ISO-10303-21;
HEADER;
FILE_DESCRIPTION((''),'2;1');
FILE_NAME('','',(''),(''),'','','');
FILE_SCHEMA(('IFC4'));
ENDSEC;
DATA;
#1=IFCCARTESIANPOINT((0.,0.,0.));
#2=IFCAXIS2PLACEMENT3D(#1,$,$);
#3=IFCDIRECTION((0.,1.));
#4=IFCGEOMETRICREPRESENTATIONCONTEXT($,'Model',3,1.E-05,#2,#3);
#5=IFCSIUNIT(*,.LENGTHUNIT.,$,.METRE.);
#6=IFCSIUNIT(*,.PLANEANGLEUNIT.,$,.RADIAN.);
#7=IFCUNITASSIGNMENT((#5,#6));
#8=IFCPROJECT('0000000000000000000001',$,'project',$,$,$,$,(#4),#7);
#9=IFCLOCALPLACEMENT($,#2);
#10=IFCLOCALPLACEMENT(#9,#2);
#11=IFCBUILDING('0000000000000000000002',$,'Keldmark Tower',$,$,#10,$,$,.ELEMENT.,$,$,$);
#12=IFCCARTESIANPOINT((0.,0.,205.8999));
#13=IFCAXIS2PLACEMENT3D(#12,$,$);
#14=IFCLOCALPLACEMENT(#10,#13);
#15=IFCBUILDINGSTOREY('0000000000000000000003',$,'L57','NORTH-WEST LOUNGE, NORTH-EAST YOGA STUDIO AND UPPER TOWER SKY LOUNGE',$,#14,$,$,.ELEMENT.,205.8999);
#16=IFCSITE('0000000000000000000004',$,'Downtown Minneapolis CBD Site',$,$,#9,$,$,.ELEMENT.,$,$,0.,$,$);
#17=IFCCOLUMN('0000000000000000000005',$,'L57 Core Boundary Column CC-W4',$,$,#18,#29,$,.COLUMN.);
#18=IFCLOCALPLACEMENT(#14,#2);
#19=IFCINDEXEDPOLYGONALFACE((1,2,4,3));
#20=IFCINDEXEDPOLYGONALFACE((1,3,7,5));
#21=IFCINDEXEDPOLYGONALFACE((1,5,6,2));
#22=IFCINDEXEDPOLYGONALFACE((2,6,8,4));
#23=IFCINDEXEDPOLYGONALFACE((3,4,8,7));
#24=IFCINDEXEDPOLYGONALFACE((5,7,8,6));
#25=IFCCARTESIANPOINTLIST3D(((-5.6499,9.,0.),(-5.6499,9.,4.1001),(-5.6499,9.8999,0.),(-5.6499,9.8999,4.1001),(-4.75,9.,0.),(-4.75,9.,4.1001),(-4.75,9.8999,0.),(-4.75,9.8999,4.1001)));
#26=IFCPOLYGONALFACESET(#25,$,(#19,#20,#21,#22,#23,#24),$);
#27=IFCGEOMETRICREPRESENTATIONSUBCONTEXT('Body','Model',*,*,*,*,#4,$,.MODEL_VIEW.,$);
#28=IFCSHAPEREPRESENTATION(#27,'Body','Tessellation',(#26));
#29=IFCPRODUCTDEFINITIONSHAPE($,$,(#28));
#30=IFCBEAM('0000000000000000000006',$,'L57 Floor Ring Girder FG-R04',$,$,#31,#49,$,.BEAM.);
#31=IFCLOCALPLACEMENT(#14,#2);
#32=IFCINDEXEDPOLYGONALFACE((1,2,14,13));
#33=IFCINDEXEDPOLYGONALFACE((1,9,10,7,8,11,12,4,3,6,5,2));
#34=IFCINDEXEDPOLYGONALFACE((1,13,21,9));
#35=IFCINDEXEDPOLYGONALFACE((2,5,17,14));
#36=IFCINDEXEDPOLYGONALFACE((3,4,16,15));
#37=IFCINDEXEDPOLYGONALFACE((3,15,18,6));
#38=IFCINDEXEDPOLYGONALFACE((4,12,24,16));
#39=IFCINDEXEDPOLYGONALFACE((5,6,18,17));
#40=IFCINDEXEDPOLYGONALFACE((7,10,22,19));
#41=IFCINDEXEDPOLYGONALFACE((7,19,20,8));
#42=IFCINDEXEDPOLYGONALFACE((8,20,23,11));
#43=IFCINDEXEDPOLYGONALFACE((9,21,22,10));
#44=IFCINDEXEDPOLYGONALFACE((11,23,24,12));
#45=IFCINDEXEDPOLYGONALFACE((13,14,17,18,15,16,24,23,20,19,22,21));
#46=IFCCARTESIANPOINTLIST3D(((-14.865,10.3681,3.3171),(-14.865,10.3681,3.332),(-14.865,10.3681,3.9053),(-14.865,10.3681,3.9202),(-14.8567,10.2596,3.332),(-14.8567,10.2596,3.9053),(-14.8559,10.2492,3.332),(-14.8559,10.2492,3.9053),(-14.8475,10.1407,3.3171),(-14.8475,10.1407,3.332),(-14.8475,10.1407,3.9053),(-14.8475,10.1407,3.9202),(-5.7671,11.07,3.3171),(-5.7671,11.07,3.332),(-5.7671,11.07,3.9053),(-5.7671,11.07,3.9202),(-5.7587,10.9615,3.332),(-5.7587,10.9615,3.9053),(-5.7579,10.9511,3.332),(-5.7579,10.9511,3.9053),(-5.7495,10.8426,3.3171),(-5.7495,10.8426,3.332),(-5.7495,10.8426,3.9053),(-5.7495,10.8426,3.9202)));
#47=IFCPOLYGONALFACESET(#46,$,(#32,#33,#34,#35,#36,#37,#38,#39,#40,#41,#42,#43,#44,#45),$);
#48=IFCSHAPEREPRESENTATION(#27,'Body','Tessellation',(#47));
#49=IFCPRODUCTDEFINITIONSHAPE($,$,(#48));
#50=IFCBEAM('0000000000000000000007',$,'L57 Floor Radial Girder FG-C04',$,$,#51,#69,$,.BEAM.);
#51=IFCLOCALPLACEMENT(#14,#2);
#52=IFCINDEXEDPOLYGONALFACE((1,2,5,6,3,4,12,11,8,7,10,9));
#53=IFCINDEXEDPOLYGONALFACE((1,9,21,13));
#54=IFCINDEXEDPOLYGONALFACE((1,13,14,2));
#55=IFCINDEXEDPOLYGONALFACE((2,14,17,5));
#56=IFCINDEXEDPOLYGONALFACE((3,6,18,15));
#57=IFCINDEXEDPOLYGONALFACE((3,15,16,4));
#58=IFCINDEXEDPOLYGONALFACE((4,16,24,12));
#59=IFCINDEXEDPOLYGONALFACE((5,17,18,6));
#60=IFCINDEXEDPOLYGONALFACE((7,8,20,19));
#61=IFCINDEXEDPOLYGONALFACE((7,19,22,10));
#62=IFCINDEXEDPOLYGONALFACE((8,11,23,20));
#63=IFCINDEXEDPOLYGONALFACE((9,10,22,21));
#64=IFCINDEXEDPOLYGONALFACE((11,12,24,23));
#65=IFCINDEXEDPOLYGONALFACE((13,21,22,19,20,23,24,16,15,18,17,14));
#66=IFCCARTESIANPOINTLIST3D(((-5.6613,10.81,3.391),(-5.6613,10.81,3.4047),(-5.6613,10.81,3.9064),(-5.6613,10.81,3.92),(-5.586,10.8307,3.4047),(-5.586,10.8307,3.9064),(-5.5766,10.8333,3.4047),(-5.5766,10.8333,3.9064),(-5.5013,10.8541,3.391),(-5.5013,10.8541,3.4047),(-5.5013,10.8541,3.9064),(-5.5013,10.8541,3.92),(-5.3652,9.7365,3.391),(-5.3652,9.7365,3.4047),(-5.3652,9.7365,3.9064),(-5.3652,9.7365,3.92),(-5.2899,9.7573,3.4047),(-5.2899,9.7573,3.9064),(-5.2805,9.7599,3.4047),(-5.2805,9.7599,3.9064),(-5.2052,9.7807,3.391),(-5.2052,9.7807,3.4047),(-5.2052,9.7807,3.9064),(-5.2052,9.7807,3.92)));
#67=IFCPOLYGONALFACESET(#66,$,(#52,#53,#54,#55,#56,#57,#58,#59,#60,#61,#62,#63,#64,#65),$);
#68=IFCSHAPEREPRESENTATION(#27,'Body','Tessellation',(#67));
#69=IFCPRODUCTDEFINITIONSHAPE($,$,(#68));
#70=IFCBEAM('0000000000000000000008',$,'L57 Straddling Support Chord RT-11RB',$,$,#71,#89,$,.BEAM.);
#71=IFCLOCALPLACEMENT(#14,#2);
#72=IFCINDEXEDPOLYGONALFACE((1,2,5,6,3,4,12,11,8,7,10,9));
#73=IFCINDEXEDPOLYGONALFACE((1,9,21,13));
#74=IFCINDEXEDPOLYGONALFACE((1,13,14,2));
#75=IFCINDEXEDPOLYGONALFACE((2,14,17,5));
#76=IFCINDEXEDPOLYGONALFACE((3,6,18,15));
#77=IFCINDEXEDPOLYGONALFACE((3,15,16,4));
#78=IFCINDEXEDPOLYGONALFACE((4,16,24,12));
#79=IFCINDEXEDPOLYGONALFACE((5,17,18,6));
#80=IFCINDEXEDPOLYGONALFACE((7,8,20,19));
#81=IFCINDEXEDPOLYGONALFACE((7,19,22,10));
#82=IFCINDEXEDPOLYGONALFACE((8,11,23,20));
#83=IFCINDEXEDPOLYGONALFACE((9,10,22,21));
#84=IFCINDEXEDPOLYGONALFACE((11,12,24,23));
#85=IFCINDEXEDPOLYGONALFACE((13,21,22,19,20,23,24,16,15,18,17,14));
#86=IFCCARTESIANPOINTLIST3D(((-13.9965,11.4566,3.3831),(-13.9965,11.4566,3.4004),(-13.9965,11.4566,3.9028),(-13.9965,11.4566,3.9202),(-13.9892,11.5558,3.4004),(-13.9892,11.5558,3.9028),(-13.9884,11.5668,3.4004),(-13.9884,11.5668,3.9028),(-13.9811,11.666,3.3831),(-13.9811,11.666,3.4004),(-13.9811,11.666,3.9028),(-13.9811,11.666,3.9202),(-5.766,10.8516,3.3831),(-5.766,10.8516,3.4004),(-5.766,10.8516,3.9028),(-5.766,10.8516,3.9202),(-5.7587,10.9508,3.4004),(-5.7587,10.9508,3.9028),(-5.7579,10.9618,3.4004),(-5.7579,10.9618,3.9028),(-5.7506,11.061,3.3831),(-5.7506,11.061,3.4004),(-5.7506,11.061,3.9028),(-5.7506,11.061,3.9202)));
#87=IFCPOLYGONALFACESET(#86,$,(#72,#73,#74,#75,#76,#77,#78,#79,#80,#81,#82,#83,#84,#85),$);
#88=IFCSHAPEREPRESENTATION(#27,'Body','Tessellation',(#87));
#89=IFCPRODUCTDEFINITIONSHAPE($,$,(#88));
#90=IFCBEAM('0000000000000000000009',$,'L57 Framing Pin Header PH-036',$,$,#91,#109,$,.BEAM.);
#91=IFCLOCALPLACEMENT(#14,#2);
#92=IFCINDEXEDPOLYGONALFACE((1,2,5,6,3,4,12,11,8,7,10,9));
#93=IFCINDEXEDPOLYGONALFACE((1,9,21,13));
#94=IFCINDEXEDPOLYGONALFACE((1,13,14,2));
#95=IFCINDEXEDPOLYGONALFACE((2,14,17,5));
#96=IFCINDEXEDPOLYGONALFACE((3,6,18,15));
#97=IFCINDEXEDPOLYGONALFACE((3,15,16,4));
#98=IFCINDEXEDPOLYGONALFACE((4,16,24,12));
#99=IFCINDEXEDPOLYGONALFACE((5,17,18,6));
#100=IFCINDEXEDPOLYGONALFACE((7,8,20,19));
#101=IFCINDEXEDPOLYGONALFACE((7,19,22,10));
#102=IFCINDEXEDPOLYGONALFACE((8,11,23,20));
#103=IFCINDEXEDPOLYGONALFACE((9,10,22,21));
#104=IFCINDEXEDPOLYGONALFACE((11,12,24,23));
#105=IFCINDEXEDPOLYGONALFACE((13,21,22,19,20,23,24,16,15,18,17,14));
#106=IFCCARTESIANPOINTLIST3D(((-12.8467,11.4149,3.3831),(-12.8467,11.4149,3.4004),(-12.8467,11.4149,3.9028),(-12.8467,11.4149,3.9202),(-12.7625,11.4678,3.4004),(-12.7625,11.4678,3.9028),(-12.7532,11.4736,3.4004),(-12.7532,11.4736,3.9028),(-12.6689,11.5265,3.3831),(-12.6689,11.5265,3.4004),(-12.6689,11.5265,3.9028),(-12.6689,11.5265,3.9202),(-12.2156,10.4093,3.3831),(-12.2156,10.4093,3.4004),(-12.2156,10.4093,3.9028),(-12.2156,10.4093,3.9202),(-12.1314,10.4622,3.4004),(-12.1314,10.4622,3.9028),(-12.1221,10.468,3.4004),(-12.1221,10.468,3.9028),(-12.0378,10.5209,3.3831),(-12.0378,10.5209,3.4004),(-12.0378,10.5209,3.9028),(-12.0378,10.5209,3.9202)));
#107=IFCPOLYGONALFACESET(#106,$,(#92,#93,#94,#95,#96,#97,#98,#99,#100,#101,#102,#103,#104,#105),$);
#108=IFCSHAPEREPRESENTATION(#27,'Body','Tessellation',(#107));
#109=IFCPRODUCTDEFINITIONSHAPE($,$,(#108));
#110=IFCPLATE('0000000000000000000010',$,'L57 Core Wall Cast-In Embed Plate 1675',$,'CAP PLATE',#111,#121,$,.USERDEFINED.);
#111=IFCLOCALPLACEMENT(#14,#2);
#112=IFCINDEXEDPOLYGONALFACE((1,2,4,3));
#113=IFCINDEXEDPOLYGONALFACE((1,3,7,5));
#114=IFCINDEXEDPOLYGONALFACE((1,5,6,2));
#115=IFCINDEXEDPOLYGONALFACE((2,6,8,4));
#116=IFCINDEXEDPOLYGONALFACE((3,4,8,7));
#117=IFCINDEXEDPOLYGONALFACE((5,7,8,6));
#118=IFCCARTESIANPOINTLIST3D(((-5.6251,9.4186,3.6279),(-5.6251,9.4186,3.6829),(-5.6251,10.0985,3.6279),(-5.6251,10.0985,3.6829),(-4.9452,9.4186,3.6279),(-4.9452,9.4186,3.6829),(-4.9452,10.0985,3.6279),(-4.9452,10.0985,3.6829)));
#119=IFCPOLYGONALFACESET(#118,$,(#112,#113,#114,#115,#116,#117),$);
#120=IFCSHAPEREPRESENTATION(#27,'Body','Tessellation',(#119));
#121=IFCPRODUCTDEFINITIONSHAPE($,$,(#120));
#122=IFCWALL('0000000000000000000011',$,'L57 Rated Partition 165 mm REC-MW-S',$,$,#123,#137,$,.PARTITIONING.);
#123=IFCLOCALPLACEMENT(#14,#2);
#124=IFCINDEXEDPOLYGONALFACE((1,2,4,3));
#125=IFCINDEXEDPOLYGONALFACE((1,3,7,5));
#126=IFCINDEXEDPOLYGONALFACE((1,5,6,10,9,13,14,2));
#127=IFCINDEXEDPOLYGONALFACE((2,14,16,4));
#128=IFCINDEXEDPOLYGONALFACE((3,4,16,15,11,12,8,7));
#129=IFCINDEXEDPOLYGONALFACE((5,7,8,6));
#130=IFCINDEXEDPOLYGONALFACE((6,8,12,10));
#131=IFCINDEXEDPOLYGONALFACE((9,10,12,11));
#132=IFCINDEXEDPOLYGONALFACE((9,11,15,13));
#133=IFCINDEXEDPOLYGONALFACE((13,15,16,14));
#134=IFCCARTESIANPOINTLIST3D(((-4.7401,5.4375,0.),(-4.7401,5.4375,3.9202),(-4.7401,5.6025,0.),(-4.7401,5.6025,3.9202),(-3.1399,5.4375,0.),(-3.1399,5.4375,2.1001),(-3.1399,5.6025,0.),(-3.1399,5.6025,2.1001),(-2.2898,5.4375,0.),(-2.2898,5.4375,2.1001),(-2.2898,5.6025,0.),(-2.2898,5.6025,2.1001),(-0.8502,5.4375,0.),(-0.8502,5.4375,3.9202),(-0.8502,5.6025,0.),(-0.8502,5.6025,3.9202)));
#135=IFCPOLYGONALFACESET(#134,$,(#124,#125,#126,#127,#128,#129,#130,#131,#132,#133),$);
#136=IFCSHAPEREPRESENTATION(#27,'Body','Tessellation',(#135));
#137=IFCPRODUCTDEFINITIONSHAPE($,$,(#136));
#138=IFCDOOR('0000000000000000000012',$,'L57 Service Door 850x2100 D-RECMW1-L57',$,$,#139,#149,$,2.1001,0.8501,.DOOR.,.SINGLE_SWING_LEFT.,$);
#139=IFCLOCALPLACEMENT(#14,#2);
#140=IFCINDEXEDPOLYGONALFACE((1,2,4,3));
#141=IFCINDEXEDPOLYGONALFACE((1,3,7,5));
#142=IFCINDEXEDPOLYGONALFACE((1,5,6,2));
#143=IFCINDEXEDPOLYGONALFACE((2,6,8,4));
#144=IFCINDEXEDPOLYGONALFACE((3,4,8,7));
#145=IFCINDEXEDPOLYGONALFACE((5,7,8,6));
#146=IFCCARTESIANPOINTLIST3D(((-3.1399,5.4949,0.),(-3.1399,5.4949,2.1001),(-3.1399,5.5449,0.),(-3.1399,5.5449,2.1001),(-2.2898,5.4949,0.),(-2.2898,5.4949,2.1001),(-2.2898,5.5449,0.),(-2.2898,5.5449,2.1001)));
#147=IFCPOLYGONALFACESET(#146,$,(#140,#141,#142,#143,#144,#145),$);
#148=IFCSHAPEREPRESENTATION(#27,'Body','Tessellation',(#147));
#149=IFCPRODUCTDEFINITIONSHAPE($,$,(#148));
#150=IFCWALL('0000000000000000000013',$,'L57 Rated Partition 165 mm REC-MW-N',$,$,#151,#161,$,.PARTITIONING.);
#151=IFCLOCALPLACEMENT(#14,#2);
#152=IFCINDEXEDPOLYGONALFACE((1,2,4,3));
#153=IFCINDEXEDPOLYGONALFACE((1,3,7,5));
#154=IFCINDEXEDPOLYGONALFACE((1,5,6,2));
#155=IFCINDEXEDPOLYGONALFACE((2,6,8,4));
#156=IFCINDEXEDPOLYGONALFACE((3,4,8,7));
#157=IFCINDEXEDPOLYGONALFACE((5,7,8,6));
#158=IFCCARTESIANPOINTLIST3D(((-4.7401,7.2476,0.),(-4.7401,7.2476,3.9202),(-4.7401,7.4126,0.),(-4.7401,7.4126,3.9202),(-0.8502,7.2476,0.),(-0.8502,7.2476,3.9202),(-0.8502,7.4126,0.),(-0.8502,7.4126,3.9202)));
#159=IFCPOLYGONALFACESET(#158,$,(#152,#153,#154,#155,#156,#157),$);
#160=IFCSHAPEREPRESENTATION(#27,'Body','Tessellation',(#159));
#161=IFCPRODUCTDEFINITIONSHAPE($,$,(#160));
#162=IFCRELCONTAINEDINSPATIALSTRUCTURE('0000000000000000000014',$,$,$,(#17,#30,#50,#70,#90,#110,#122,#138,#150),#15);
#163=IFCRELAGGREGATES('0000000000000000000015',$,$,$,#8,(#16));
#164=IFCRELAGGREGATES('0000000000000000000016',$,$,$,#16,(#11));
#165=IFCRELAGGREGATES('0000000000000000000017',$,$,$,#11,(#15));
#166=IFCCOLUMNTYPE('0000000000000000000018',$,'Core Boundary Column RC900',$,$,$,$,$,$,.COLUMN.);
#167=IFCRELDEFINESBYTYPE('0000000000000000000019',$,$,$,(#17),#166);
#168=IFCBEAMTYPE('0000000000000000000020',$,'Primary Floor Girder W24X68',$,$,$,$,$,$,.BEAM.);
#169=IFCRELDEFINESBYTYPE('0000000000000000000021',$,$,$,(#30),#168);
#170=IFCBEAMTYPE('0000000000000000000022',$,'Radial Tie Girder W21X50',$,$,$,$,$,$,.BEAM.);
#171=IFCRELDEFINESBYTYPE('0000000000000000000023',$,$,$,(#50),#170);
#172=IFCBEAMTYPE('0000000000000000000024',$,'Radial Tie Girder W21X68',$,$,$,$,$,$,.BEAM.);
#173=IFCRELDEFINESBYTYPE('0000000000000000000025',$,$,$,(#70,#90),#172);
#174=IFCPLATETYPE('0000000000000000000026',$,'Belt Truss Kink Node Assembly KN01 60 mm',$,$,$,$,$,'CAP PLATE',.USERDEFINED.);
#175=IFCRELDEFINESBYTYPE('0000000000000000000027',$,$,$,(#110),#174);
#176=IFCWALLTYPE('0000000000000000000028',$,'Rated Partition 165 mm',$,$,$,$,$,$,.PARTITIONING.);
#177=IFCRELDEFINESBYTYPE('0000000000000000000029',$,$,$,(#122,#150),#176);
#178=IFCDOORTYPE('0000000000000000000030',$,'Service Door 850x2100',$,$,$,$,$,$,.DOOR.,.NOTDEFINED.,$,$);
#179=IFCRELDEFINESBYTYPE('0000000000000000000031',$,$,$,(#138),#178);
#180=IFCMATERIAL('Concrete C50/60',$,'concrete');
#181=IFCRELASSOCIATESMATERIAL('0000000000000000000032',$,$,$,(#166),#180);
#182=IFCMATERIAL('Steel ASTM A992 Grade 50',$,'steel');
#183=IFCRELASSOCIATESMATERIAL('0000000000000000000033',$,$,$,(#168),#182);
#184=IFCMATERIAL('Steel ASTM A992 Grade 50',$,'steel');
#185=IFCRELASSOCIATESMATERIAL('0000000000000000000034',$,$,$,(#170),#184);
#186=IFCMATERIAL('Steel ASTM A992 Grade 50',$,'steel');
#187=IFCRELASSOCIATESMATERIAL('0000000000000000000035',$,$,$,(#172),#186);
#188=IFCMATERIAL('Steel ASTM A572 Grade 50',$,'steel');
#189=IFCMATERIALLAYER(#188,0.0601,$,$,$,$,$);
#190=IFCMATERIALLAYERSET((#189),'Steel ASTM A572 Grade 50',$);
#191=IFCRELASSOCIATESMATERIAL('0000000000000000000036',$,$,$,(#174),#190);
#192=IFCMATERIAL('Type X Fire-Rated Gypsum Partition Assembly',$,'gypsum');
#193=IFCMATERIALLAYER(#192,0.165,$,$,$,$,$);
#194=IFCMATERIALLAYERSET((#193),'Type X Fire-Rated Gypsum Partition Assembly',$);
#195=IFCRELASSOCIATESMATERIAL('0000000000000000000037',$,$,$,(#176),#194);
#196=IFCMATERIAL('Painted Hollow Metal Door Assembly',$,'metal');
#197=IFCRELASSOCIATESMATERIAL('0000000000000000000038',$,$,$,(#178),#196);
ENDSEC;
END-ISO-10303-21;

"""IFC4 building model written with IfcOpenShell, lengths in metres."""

from ifc_helpers import new_model, si_unit, direction, frame, frame_2d, origin, origin_2d, place, context, subcontext, project, spatial, rectangle, i_section, extrude, material, layer, layer_set, material_profile, profile_set, type_object, element, fill, save


model = new_model("IFC4")

# Units and contexts
model_context = context("Model", 3, precision=1e-05, world=origin(), true_north=direction((0.0, 1.0)))
body_context = subcontext(model_context, "Body", "Model", "MODEL_VIEW")
ifc_project = project(units=[si_unit("LENGTHUNIT", "METRE"), si_unit("PLANEANGLEUNIT", "RADIAN")], contexts=[model_context])

# Site, building, storey
site_placement = place(None, origin())
site = spatial("IfcSite", under=ifc_project, at=site_placement, Name="Downtown Minneapolis CBD Site", CompositionType="ELEMENT", RefElevation=0.0)
building_placement = place(site_placement, origin())
building = spatial("IfcBuilding", under=site, at=building_placement, Name="Keldmark Tower", CompositionType="ELEMENT")
storey_placement = place(building_placement, frame((0.0, 0.0, 205.8999)))
storey = spatial("IfcBuildingStorey", under=building, at=storey_placement, Name="L57", Description="NORTH-WEST LOUNGE, NORTH-EAST YOGA STUDIO AND UPPER TOWER SKY LOUNGE", CompositionType="ELEMENT", Elevation=205.8999)

# Column
ifc_material_1 = material(Name="Concrete C50/60", Category="concrete")
ifc_material_profile_1 = material_profile(ifc_material_1, rectangle(XDim=0.8999, YDim=0.8999, at=origin_2d()), Name="RC900X900")
ifc_profile_set_1 = profile_set([ifc_material_profile_1], Name="Concrete C50/60")
column_type = type_object("IfcColumnType", Name="Core Boundary Column RC900", PredefinedType="COLUMN", material=ifc_profile_set_1)
column_placement = place(storey_placement, frame((-5.2, 9.45, 0.0), z_axis=(0.0, 0.0, 1.0), x_axis=(1.0, 0.0, 0.0)))
element("IfcColumn", 1, at=column_placement, inside=storey, type_object=column_type, Name="L57 Core Boundary Column CC-W4", PredefinedType="COLUMN", context=body_context, shape_type="SweptSolid", body=[
    extrude(rectangle(XDim=0.8999, YDim=0.8999, at=origin_2d()), origin(), (0.0, 0.0, 1.0), 4.1001),
])

# Beams
ifc_material_2 = material(Name="Steel ASTM A992 Grade 50", Category="steel")
ifc_material_profile_2 = material_profile(ifc_material_2, i_section(OverallWidth=0.228, OverallDepth=0.603, WebThickness=0.0105, FlangeThickness=0.0149, at=origin_2d()), Name="W24X68")
ifc_profile_set_2 = profile_set([ifc_material_profile_2], Name="Steel ASTM A992 Grade 50")
beam_type_1 = type_object("IfcBeamType", Name="Primary Floor Girder W24X68", PredefinedType="BEAM", material=ifc_profile_set_2)
beam_1_placement = place(storey_placement, frame((-5.7583, 10.9563, 3.6187), z_axis=(-0.997037, -0.076922, 0.0), x_axis=(0.076922, -0.997037, 0.0)))
element("IfcBeam", 2, at=beam_1_placement, inside=storey, type_object=beam_type_1, Name="L57 Floor Ring Girder FG-R04", PredefinedType="BEAM", context=body_context, shape_type="SweptSolid", body=[
    extrude(i_section(OverallWidth=0.228, OverallDepth=0.603, WebThickness=0.0105, FlangeThickness=0.0149, at=origin_2d()), origin(), (0.0, 0.0, 1.0), 9.125),
])
ifc_material_3 = material(Name="Steel ASTM A992 Grade 50", Category="steel")
ifc_material_profile_3 = material_profile(ifc_material_3, i_section(OverallWidth=0.166, OverallDepth=0.5291, WebThickness=0.0098, FlangeThickness=0.0137, at=origin_2d()), Name="W21X50")
ifc_profile_set_3 = profile_set([ifc_material_profile_3], Name="Steel ASTM A992 Grade 50")
beam_type_2 = type_object("IfcBeamType", Name="Radial Tie Girder W21X50", PredefinedType="BEAM", material=ifc_profile_set_3)
beam_2_placement = place(storey_placement, frame((-5.5813, 10.832, 3.6555), z_axis=(0.265936, -0.963991, 0.0), x_axis=(0.963991, 0.265936, 0.0)))
element("IfcBeam", 3, at=beam_2_placement, inside=storey, type_object=beam_type_2, Name="L57 Floor Radial Girder FG-C04", PredefinedType="BEAM", context=body_context, shape_type="SweptSolid", body=[
    extrude(i_section(OverallWidth=0.166, OverallDepth=0.5291, WebThickness=0.0098, FlangeThickness=0.0137, at=origin_2d()), origin(), (0.0, 0.0, 1.0), 1.1135),
])
ifc_material_4 = material(Name="Steel ASTM A992 Grade 50", Category="steel")
ifc_material_profile_4 = material_profile(ifc_material_4, i_section(OverallWidth=0.21, OverallDepth=0.5371, WebThickness=0.011, FlangeThickness=0.0173, at=origin_2d()), Name="W21X68")
ifc_profile_set_4 = profile_set([ifc_material_profile_4], Name="Steel ASTM A992 Grade 50")
beam_type_3 = type_object("IfcBeamType", Name="Radial Tie Girder W21X68", PredefinedType="BEAM", material=ifc_profile_set_4)
beam_3_placement = place(storey_placement, frame((-5.7583, 10.9563, 3.6516), z_axis=(-0.997309, 0.073307, 0.0), x_axis=(-0.073307, -0.997309, 0.0)))
element("IfcBeam", 4, at=beam_3_placement, inside=storey, type_object=beam_type_3, Name="L57 Straddling Support Chord RT-11RB", PredefinedType="BEAM", context=body_context, shape_type="SweptSolid", body=[
    extrude(i_section(OverallWidth=0.21, OverallDepth=0.5371, WebThickness=0.011, FlangeThickness=0.0173, at=origin_2d()), origin(), (0.0, 0.0, 1.0), 8.2527),
])
beam_4_placement = place(storey_placement, frame((-12.1267, 10.4651, 3.6516), z_axis=(-0.531569, 0.847015, 0.0), x_axis=(-0.847015, -0.531569, 0.0)))
element("IfcBeam", 5, at=beam_4_placement, inside=storey, type_object=beam_type_3, Name="L57 Framing Pin Header PH-036", PredefinedType="BEAM", context=body_context, shape_type="SweptSolid", body=[
    extrude(i_section(OverallWidth=0.21, OverallDepth=0.5371, WebThickness=0.011, FlangeThickness=0.0173, at=origin_2d()), origin(), (0.0, 0.0, 1.0), 1.1873),
])

# Plate
ifc_material_5 = material(Name="Steel ASTM A572 Grade 50", Category="steel")
ifc_layer_1 = layer(ifc_material_5, 0.0601)
ifc_layer_set_1 = layer_set([ifc_layer_1], Name="Steel ASTM A572 Grade 50")
plate_type = type_object("IfcPlateType", Name="Belt Truss Kink Node Assembly KN01 60 mm", ElementType="CAP PLATE", PredefinedType="USERDEFINED", material=ifc_layer_set_1)
plate_placement = place(storey_placement, frame((-5.2852, 9.7585, 3.6279), z_axis=(0.0, 0.0, 1.0), x_axis=(1.0, 0.0, 0.0)))
element("IfcPlate", 6, at=plate_placement, inside=storey, type_object=plate_type, Name="L57 Core Wall Cast-In Embed Plate 1675", ObjectType="CAP PLATE", PredefinedType="USERDEFINED", context=body_context, shape_type="SweptSolid", body=[
    extrude(rectangle(XDim=0.6799, YDim=0.6799, at=origin_2d()), origin(), (0.0, 0.0, 1.0), 0.0549),
])

# Wall, opening, door
ifc_material_6 = material(Name="Type X Fire-Rated Gypsum Partition Assembly", Category="gypsum")
ifc_layer_2 = layer(ifc_material_6, 0.165)
ifc_layer_set_2 = layer_set([ifc_layer_2], Name="Type X Fire-Rated Gypsum Partition Assembly")
wall_type_1 = type_object("IfcWallType", Name="Rated Partition 165 mm", PredefinedType="PARTITIONING", material=ifc_layer_set_2)
wall_1_placement = place(storey_placement, frame((-4.74, 5.52, 0.0), z_axis=(0.0, 0.0, 1.0), x_axis=(1.0, 0.0, 0.0)))
wall_1 = element("IfcWall", 7, at=wall_1_placement, inside=storey, type_object=wall_type_1, Name="L57 Rated Partition 165 mm REC-MW-S", PredefinedType="PARTITIONING", context=body_context, shape_type="SweptSolid", body=[
    extrude(rectangle(XDim=3.8899, YDim=0.165, at=frame_2d((1.9448, 0.0))), origin(), (0.0, 0.0, 1.0), 3.9202),
])
opening_1_placement = place(wall_1_placement, frame((1.6001, 0.0, 0.0)))
opening_1 = element("IfcOpeningElement", 8, at=opening_1_placement, cuts=wall_1, PredefinedType="OPENING", context=body_context, shape_type="SweptSolid", body=[
    extrude(rectangle(XDim=0.8501, YDim=2.1001, at=frame_2d((0.425, 1.05))), frame((0.0, 0.0925, 0.0), z_axis=(0.0, -1.0, 0.0), x_axis=(1.0, 0.0, 0.0)), (0.0, 0.0, 1.0), 0.1851),
])
ifc_material_7 = material(Name="Painted Hollow Metal Door Assembly", Category="metal")
door_type_1 = type_object("IfcDoorType", Name="Service Door 850x2100", OperationType="NOTDEFINED", PredefinedType="DOOR", material=ifc_material_7)
door_1_placement = place(opening_1_placement, origin())
door_1 = element("IfcDoor", 9, at=door_1_placement, inside=storey, type_object=door_type_1, Name="L57 Service Door 850x2100 D-RECMW1-L57", OperationType="SINGLE_SWING_LEFT", OverallHeight=2.1001, OverallWidth=0.8501, PredefinedType="DOOR", context=body_context, shape_type="SweptSolid", body=[
    extrude(rectangle(XDim=0.8501, YDim=2.1001, at=frame_2d((0.425, 1.05))), frame((0.0, 0.0249, 0.0), z_axis=(0.0, -1.0, 0.0), x_axis=(1.0, 0.0, 0.0)), (0.0, 0.0, 1.0), 0.05),
])
fill(opening_1, door_1)

# Wall
wall_2_placement = place(storey_placement, frame((-4.74, 7.3301, 0.0), z_axis=(0.0, 0.0, 1.0), x_axis=(1.0, 0.0, 0.0)))
element("IfcWall", 10, at=wall_2_placement, inside=storey, type_object=wall_type_1, Name="L57 Rated Partition 165 mm REC-MW-N", PredefinedType="PARTITIONING", context=body_context, shape_type="SweptSolid", body=[
    extrude(rectangle(XDim=3.8899, YDim=0.165, at=frame_2d((1.9448, 0.0))), origin(), (0.0, 0.0, 1.0), 3.9202),
])

save(model, "model.ifc")
